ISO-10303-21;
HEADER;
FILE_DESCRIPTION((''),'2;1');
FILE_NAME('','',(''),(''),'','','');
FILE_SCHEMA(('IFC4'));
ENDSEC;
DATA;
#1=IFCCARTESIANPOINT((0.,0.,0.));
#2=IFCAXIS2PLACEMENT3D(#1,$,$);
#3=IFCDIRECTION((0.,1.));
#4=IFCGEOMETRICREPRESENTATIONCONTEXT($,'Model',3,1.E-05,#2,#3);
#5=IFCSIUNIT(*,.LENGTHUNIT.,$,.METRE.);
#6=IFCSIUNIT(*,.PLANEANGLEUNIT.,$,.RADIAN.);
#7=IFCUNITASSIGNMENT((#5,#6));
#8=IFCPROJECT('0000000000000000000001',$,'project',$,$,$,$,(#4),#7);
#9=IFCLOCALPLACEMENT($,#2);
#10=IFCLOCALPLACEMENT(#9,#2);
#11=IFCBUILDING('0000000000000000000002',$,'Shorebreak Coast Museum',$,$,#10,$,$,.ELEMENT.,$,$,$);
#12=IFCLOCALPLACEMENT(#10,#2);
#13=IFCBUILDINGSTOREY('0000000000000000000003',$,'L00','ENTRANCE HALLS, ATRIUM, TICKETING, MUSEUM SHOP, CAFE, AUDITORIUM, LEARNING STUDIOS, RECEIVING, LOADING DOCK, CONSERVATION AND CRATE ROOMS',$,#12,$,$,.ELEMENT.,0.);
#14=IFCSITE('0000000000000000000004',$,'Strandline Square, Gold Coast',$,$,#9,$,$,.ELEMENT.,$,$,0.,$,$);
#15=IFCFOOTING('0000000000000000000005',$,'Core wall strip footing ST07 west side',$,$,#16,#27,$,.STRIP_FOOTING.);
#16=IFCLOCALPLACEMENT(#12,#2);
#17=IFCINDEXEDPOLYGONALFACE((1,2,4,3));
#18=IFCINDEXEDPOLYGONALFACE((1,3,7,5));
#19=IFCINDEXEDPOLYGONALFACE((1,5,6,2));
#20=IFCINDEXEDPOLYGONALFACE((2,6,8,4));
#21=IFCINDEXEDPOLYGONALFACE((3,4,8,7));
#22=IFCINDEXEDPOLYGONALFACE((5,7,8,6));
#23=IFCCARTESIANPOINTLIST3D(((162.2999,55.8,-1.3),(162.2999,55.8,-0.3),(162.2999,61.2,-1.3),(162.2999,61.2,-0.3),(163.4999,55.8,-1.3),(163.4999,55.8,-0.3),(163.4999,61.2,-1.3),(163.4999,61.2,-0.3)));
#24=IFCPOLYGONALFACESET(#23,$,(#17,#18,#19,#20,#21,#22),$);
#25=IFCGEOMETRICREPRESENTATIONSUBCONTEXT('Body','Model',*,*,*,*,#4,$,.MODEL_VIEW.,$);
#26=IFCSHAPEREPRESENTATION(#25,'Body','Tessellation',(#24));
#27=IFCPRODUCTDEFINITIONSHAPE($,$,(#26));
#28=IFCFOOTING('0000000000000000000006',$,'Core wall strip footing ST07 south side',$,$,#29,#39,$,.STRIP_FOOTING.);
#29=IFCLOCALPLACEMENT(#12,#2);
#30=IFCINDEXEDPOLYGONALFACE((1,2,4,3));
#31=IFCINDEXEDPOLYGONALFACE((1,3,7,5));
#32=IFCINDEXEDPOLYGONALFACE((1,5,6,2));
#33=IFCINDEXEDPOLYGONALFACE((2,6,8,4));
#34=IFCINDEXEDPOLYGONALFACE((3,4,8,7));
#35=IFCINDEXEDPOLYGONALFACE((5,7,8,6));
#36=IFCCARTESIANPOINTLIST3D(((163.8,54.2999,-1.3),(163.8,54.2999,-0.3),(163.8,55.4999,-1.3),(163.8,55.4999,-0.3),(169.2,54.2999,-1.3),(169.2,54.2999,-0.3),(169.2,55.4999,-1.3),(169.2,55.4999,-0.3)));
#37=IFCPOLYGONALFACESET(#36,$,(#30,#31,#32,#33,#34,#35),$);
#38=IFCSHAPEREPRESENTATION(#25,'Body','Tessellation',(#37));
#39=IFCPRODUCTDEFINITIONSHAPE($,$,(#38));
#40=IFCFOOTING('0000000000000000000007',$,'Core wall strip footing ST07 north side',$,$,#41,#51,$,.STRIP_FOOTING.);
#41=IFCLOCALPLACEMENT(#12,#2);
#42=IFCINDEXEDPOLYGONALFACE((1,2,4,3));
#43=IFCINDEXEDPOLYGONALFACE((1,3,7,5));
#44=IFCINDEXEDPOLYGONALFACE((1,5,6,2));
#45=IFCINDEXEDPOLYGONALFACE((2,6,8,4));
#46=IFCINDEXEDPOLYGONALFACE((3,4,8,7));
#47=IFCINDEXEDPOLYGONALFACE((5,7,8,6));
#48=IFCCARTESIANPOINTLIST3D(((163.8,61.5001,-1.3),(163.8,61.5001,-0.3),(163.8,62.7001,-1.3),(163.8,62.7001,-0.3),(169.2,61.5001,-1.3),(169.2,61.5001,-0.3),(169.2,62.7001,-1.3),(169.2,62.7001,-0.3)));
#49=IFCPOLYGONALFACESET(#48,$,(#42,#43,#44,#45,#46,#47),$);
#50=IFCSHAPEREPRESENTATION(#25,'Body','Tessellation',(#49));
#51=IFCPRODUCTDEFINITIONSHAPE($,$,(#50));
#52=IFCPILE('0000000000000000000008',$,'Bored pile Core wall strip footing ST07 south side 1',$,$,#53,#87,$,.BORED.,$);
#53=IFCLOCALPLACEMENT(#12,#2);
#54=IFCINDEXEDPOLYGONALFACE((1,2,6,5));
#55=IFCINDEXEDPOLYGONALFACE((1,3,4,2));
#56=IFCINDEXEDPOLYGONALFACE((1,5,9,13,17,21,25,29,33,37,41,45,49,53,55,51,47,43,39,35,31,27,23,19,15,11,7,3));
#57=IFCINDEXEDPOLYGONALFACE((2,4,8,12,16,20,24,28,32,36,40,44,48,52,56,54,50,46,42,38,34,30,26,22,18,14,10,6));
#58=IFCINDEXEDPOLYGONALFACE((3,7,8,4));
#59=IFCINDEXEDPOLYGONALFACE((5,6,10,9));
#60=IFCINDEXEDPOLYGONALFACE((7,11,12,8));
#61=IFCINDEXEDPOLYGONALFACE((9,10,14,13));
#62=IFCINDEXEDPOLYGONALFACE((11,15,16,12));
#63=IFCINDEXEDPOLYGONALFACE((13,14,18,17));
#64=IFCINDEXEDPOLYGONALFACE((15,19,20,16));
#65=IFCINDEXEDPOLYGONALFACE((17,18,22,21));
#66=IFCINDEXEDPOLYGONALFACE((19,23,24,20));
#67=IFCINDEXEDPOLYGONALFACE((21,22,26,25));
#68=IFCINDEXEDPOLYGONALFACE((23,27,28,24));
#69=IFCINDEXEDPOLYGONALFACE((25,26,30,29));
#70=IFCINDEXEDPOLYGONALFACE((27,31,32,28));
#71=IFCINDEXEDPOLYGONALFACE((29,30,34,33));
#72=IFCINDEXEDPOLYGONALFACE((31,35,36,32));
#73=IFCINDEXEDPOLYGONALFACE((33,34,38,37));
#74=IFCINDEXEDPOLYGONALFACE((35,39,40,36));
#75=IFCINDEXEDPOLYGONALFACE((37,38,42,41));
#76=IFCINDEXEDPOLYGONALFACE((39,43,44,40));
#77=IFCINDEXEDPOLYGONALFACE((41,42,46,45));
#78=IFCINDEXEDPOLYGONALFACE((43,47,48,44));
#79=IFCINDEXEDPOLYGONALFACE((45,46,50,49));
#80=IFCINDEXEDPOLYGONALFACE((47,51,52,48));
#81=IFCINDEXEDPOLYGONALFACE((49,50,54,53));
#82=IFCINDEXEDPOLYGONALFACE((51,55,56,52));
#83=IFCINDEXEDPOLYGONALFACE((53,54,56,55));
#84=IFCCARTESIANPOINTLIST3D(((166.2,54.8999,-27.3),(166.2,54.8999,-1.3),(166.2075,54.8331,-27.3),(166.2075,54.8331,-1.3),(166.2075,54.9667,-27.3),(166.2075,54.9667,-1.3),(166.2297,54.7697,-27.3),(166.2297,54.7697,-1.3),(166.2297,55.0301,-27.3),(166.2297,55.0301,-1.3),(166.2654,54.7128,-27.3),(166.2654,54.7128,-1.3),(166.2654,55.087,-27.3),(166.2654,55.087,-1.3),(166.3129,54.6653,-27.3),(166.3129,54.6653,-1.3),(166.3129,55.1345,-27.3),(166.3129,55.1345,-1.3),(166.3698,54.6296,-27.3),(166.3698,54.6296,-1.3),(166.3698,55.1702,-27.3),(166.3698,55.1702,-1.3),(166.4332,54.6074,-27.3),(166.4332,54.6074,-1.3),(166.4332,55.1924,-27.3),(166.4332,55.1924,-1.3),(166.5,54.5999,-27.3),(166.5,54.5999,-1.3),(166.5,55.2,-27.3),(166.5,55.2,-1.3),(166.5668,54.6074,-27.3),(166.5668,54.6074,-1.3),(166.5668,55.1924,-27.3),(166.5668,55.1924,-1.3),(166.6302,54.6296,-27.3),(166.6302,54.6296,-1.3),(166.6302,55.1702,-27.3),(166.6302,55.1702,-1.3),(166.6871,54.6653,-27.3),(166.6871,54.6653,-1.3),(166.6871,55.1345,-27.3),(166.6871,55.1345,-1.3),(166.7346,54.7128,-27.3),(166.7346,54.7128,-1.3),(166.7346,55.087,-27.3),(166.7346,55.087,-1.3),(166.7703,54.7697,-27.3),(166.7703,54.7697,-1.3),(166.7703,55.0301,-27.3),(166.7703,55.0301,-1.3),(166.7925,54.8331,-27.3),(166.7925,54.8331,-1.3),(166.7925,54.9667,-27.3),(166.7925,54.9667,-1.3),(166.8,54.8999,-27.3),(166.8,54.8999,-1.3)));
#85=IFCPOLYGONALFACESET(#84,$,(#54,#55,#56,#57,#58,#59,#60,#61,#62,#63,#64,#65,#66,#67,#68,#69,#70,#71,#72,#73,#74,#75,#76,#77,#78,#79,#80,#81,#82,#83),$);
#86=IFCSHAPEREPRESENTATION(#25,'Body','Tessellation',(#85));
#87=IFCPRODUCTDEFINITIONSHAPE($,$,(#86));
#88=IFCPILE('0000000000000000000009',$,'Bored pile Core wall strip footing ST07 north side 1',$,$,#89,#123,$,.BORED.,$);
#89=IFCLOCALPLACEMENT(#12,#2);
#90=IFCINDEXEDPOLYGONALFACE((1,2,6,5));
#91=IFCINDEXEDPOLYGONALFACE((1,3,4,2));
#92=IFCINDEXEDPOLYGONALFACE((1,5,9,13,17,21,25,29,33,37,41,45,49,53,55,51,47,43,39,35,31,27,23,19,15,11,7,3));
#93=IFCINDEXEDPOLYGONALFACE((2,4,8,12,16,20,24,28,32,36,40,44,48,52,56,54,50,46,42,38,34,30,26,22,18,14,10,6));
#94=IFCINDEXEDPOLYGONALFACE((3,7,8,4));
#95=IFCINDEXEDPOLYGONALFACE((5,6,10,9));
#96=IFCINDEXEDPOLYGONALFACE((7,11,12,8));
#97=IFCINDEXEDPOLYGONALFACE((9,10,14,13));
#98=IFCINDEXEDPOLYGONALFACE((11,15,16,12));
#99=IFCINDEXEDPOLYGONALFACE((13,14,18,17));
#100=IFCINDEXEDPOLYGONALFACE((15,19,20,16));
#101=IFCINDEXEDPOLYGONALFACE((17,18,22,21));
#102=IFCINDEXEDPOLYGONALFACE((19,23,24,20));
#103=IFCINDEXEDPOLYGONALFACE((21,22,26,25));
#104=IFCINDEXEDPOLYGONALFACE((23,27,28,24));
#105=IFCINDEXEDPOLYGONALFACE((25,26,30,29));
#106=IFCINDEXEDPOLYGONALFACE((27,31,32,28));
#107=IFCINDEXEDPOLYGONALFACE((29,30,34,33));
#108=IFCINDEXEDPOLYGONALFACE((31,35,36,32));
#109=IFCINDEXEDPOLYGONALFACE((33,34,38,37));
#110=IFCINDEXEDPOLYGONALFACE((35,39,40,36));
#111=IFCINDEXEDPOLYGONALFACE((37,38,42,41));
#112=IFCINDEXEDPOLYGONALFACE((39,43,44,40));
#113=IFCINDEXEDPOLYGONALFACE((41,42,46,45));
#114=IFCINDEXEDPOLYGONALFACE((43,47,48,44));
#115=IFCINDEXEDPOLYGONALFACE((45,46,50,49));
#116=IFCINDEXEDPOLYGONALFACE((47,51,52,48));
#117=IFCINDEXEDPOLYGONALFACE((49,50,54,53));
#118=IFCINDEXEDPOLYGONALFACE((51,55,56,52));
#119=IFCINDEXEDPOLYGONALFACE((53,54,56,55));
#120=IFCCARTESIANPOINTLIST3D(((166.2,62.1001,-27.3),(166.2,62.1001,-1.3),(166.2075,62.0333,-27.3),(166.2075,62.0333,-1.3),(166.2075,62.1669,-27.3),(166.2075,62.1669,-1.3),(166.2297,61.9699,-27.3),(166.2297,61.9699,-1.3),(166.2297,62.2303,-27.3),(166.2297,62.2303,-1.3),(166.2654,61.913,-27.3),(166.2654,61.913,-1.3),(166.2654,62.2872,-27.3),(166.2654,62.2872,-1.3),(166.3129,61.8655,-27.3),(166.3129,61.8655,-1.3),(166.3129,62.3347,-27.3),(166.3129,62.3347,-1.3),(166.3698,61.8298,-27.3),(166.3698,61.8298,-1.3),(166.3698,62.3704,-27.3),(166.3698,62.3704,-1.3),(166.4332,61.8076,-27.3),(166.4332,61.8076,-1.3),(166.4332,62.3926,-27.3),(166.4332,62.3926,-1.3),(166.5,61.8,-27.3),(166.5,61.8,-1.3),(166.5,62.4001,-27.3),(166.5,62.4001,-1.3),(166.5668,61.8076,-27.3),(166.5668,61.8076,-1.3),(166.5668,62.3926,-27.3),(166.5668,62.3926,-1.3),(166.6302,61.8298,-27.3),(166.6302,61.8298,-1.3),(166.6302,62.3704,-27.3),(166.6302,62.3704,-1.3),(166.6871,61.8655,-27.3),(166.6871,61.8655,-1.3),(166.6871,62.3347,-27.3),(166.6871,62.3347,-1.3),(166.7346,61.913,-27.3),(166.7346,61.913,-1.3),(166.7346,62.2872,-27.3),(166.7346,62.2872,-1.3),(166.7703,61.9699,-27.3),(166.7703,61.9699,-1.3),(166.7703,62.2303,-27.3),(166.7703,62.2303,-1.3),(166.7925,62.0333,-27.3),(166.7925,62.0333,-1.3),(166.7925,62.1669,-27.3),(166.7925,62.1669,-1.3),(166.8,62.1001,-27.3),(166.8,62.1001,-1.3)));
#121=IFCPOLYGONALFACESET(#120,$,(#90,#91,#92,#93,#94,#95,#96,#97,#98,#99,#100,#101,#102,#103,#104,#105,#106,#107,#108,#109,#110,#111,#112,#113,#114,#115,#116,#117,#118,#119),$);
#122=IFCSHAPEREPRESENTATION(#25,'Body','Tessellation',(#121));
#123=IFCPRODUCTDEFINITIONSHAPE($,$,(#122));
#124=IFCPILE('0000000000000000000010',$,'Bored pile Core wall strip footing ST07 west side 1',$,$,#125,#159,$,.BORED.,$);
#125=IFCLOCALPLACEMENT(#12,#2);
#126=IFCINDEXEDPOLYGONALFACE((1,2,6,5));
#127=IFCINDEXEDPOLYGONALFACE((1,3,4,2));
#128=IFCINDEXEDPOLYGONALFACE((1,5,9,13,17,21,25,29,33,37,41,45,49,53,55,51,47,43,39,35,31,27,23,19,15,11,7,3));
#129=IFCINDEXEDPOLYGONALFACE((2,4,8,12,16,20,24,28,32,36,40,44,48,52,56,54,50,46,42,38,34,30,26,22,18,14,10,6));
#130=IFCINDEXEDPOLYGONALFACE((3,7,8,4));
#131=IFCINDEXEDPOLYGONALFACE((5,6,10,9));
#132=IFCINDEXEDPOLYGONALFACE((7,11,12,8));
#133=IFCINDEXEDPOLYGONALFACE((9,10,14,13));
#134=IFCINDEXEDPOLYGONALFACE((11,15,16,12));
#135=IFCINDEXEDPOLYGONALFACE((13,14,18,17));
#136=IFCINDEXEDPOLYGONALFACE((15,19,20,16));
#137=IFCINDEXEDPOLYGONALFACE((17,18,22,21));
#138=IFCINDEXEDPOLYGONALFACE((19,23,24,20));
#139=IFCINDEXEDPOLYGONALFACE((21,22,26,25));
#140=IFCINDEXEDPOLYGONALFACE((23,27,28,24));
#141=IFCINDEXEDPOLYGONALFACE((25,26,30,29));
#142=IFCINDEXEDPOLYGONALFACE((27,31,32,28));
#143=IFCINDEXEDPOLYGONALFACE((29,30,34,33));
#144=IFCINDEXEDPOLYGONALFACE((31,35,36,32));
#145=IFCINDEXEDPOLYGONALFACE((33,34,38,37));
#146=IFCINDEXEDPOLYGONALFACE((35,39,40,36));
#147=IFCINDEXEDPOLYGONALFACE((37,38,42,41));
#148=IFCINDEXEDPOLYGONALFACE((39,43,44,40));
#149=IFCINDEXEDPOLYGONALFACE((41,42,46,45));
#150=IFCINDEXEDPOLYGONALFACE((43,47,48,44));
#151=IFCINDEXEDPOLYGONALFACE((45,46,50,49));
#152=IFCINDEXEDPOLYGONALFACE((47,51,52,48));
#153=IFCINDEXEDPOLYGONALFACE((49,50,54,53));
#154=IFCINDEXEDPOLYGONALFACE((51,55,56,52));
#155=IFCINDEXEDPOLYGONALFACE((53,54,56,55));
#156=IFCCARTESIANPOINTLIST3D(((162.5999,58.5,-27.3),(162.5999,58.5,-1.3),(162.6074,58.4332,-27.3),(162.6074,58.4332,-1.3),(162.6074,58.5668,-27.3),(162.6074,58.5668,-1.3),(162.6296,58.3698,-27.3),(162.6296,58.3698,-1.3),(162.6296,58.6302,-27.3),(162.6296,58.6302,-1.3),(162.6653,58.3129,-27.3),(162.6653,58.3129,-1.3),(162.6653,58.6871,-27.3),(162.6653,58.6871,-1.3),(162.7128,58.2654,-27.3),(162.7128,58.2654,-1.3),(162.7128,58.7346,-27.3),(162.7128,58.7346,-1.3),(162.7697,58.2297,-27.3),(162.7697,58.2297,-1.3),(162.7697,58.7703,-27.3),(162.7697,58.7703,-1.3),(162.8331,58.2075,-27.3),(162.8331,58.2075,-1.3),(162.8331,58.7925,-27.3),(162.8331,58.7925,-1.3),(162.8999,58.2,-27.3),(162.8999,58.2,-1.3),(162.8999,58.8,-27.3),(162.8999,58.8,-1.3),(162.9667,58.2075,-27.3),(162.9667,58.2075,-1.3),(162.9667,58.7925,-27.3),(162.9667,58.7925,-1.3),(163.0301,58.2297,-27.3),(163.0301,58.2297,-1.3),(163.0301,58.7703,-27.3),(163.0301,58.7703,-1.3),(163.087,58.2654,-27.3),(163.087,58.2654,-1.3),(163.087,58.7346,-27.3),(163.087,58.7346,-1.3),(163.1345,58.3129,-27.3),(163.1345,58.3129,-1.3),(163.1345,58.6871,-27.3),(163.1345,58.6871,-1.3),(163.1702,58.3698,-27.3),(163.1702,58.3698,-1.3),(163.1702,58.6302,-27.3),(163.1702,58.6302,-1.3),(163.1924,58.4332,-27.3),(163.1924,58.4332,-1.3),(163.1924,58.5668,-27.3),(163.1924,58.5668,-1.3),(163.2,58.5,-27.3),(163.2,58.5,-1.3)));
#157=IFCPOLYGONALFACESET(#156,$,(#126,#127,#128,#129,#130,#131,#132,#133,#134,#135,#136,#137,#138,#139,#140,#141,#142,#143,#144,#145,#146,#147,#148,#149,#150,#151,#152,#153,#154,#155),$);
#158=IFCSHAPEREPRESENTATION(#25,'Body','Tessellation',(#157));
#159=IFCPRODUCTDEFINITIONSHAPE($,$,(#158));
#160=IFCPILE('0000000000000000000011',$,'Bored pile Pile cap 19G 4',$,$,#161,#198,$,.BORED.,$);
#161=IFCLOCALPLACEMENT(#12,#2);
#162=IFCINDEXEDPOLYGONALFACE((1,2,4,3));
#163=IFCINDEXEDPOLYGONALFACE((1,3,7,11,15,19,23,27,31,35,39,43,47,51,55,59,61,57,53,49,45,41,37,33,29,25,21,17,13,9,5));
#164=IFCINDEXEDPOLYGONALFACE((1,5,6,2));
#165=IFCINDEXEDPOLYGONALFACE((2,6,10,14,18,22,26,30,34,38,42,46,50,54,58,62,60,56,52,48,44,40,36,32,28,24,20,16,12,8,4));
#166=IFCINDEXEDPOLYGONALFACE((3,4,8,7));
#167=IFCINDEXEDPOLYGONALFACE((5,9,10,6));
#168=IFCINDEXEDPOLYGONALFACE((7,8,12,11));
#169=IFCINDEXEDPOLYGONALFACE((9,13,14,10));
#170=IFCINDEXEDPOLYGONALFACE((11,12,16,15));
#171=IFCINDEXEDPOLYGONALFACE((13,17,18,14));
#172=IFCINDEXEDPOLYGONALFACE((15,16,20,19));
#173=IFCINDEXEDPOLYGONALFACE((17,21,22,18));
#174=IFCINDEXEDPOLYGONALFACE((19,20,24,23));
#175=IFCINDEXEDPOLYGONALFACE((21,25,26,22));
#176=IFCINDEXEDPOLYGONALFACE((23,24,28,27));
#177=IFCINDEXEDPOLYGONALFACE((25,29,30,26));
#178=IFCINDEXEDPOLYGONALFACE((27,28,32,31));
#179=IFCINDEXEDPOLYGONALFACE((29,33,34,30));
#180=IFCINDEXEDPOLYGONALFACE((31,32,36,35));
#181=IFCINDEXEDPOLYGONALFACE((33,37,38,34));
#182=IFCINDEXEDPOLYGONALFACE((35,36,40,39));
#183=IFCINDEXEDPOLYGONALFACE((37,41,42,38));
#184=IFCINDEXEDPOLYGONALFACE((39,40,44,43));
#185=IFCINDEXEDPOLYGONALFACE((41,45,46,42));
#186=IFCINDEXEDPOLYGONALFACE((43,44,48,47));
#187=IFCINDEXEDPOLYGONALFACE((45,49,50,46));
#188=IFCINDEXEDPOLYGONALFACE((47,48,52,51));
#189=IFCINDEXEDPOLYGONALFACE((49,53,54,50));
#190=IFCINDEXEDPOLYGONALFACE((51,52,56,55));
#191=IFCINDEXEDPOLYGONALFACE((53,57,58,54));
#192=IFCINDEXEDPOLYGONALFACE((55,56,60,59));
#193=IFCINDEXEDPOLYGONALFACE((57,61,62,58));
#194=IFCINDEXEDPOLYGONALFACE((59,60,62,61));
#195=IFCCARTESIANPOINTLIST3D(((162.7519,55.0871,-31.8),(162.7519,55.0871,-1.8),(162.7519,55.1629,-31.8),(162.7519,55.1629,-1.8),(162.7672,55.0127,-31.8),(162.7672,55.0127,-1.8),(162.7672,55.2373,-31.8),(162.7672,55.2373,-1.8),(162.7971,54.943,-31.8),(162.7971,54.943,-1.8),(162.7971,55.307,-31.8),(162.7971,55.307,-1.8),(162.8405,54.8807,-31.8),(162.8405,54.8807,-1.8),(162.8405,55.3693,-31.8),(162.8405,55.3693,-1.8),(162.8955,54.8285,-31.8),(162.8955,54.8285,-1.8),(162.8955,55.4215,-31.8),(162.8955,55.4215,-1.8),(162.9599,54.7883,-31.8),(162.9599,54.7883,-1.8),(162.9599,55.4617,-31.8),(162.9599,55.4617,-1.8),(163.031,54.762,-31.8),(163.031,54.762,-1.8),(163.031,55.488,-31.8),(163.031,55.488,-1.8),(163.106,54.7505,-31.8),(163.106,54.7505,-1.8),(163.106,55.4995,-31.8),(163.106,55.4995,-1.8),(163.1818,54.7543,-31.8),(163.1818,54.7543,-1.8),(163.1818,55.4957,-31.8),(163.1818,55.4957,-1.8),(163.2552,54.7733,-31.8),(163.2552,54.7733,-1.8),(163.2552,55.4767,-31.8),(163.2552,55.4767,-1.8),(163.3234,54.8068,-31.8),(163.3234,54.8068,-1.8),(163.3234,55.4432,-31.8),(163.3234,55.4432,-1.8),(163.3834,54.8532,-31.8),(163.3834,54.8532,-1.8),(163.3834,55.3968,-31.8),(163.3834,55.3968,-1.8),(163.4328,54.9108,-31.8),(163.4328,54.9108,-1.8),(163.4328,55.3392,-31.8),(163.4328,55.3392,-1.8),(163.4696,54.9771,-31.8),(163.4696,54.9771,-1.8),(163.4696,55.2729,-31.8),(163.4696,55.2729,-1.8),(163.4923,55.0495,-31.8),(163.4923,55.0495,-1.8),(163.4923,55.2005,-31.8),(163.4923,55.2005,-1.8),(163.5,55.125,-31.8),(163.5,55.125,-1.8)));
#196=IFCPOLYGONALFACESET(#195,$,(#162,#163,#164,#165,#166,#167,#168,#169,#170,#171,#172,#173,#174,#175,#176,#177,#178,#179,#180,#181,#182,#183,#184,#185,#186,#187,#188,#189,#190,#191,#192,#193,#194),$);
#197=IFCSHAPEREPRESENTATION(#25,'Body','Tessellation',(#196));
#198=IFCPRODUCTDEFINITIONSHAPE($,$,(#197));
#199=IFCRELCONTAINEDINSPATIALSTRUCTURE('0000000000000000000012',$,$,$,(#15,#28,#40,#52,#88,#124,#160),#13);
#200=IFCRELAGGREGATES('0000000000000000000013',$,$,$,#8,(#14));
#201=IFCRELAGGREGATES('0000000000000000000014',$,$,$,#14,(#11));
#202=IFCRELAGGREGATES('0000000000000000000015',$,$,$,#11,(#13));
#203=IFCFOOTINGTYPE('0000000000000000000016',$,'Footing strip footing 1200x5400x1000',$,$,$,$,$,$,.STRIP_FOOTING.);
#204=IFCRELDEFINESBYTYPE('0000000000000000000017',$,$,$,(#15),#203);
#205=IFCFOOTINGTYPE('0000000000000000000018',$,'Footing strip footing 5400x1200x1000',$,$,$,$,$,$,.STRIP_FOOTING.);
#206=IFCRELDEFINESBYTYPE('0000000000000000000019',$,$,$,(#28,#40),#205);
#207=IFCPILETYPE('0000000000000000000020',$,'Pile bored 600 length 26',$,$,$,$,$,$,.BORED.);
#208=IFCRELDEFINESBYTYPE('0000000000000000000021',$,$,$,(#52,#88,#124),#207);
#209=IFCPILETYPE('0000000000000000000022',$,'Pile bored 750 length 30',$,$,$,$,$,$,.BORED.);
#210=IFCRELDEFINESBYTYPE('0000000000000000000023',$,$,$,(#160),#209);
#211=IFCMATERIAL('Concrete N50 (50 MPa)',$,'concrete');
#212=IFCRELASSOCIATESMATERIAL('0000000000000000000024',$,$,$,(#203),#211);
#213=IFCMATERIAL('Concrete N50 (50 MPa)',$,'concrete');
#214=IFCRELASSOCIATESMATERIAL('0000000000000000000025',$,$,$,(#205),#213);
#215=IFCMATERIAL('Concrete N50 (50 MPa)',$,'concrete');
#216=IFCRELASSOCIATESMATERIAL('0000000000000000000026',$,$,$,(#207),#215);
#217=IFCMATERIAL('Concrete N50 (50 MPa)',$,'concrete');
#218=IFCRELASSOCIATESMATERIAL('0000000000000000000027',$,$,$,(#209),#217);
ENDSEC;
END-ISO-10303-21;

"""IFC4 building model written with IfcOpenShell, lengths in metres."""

from ifc_helpers import new_model, si_unit, direction, frame, origin, origin_2d, place, context, subcontext, project, spatial, rectangle, circle, extrude, material, material_profile, profile_set, type_object, element, save


model = new_model("IFC4")

# Units and contexts
model_context = context("Model", 3, precision=1e-05, world=origin(), true_north=direction((0.0, 1.0)))
body_context = subcontext(model_context, "Body", "Model", "MODEL_VIEW")
ifc_project = project(units=[si_unit("LENGTHUNIT", "METRE"), si_unit("PLANEANGLEUNIT", "RADIAN")], contexts=[model_context])

# Site, building, storey
site_placement = place(None, origin())
site = spatial("IfcSite", under=ifc_project, at=site_placement, Name="Strandline Square, Gold Coast", CompositionType="ELEMENT", RefElevation=0.0)
building_placement = place(site_placement, origin())
building = spatial("IfcBuilding", under=site, at=building_placement, Name="Shorebreak Coast Museum", CompositionType="ELEMENT")
storey_placement = place(building_placement, origin())
storey = spatial("IfcBuildingStorey", under=building, at=storey_placement, Name="L00", Description="ENTRANCE HALLS, ATRIUM, TICKETING, MUSEUM SHOP, CAFE, AUDITORIUM, LEARNING STUDIOS, RECEIVING, LOADING DOCK, CONSERVATION AND CRATE ROOMS", CompositionType="ELEMENT", Elevation=0.0)

# Footings
ifc_material_1 = material(Name="Concrete N50 (50 MPa)", Category="concrete")
footing_type_1 = type_object("IfcFootingType", Name="Footing strip footing 1200x5400x1000", PredefinedType="STRIP_FOOTING", material=ifc_material_1)
footing_placement = place(storey_placement, frame((162.8999, 58.5, -1.3), z_axis=(0.0, 0.0, 1.0), x_axis=(1.0, 0.0, 0.0)))
element("IfcFooting", 1, at=footing_placement, inside=storey, type_object=footing_type_1, Name="Core wall strip footing ST07 west side", PredefinedType="STRIP_FOOTING", context=body_context, shape_type="SweptSolid", body=[
    extrude(rectangle(XDim=1.2, YDim=5.3999, at=origin_2d()), origin(), (0.0, 0.0, 1.0), 1.0),
])
ifc_material_2 = material(Name="Concrete N50 (50 MPa)", Category="concrete")
footing_type_2 = type_object("IfcFootingType", Name="Footing strip footing 5400x1200x1000", PredefinedType="STRIP_FOOTING", material=ifc_material_2)
for number, where, z_axis, x_axis, name in (
    (2, (166.5, 54.8999, -1.3), (0.0, 0.0, 1.0), (1.0, 0.0, 0.0), "Core wall strip footing ST07 south side"),
    (3, (166.5, 62.1001, -1.3), (0.0, 0.0, 1.0), (1.0, 0.0, 0.0), "Core wall strip footing ST07 north side"),
):
    element("IfcFooting", number, at=place(storey_placement, frame(where, z_axis=z_axis, x_axis=x_axis)), inside=storey, type_object=footing_type_2, Name=name, PredefinedType="STRIP_FOOTING", context=body_context, shape_type="SweptSolid", body=[
        extrude(rectangle(XDim=5.3999, YDim=1.2, at=origin_2d()), origin(), (0.0, 0.0, 1.0), 1.0),
    ])

# Piles
ifc_material_3 = material(Name="Concrete N50 (50 MPa)", Category="concrete")
ifc_material_profile_1 = material_profile(ifc_material_3, circle(Radius=0.3, at=origin_2d()), Name="Pile bored 600 length 26")
ifc_profile_set_1 = profile_set([ifc_material_profile_1], Name="Concrete N50 (50 MPa)")
pile_type_1 = type_object("IfcPileType", Name="Pile bored 600 length 26", PredefinedType="BORED", material=ifc_profile_set_1)
for number, where, z_axis, x_axis, name in (
    (4, (166.5, 54.8999, -1.3), (0.0, 0.0, -1.0), (1.0, 0.0, 0.0), "Bored pile Core wall strip footing ST07 south side 1"),
    (5, (166.5, 62.1001, -1.3), (0.0, 0.0, -1.0), (1.0, 0.0, 0.0), "Bored pile Core wall strip footing ST07 north side 1"),
    (6, (162.8999, 58.5, -1.3), (0.0, 0.0, -1.0), (1.0, 0.0, 0.0), "Bored pile Core wall strip footing ST07 west side 1"),
):
    element("IfcPile", number, at=place(storey_placement, frame(where, z_axis=z_axis, x_axis=x_axis)), inside=storey, type_object=pile_type_1, Name=name, PredefinedType="BORED", context=body_context, shape_type="SweptSolid", body=[
        extrude(circle(Radius=0.3, at=origin_2d()), origin(), (0.0, 0.0, 1.0), 26.0),
    ])
ifc_material_4 = material(Name="Concrete N50 (50 MPa)", Category="concrete")
ifc_material_profile_2 = material_profile(ifc_material_4, circle(Radius=0.375, at=origin_2d()), Name="Pile bored 750 length 30")
ifc_profile_set_2 = profile_set([ifc_material_profile_2], Name="Concrete N50 (50 MPa)")
pile_type_2 = type_object("IfcPileType", Name="Pile bored 750 length 30", PredefinedType="BORED", material=ifc_profile_set_2)
for number, where, z_axis, x_axis, name in (
    (7, (163.125, 55.125, -1.8), (0.0, 0.0, -1.0), (1.0, 0.0, 0.0), "Bored pile Pile cap 19G 4"),
):
    element("IfcPile", number, at=place(storey_placement, frame(where, z_axis=z_axis, x_axis=x_axis)), inside=storey, type_object=pile_type_2, Name=name, PredefinedType="BORED", context=body_context, shape_type="SweptSolid", body=[
        extrude(circle(Radius=0.375, at=origin_2d()), origin(), (0.0, 0.0, 1.0), 30.0),
    ])

save(model, "model.ifc")
